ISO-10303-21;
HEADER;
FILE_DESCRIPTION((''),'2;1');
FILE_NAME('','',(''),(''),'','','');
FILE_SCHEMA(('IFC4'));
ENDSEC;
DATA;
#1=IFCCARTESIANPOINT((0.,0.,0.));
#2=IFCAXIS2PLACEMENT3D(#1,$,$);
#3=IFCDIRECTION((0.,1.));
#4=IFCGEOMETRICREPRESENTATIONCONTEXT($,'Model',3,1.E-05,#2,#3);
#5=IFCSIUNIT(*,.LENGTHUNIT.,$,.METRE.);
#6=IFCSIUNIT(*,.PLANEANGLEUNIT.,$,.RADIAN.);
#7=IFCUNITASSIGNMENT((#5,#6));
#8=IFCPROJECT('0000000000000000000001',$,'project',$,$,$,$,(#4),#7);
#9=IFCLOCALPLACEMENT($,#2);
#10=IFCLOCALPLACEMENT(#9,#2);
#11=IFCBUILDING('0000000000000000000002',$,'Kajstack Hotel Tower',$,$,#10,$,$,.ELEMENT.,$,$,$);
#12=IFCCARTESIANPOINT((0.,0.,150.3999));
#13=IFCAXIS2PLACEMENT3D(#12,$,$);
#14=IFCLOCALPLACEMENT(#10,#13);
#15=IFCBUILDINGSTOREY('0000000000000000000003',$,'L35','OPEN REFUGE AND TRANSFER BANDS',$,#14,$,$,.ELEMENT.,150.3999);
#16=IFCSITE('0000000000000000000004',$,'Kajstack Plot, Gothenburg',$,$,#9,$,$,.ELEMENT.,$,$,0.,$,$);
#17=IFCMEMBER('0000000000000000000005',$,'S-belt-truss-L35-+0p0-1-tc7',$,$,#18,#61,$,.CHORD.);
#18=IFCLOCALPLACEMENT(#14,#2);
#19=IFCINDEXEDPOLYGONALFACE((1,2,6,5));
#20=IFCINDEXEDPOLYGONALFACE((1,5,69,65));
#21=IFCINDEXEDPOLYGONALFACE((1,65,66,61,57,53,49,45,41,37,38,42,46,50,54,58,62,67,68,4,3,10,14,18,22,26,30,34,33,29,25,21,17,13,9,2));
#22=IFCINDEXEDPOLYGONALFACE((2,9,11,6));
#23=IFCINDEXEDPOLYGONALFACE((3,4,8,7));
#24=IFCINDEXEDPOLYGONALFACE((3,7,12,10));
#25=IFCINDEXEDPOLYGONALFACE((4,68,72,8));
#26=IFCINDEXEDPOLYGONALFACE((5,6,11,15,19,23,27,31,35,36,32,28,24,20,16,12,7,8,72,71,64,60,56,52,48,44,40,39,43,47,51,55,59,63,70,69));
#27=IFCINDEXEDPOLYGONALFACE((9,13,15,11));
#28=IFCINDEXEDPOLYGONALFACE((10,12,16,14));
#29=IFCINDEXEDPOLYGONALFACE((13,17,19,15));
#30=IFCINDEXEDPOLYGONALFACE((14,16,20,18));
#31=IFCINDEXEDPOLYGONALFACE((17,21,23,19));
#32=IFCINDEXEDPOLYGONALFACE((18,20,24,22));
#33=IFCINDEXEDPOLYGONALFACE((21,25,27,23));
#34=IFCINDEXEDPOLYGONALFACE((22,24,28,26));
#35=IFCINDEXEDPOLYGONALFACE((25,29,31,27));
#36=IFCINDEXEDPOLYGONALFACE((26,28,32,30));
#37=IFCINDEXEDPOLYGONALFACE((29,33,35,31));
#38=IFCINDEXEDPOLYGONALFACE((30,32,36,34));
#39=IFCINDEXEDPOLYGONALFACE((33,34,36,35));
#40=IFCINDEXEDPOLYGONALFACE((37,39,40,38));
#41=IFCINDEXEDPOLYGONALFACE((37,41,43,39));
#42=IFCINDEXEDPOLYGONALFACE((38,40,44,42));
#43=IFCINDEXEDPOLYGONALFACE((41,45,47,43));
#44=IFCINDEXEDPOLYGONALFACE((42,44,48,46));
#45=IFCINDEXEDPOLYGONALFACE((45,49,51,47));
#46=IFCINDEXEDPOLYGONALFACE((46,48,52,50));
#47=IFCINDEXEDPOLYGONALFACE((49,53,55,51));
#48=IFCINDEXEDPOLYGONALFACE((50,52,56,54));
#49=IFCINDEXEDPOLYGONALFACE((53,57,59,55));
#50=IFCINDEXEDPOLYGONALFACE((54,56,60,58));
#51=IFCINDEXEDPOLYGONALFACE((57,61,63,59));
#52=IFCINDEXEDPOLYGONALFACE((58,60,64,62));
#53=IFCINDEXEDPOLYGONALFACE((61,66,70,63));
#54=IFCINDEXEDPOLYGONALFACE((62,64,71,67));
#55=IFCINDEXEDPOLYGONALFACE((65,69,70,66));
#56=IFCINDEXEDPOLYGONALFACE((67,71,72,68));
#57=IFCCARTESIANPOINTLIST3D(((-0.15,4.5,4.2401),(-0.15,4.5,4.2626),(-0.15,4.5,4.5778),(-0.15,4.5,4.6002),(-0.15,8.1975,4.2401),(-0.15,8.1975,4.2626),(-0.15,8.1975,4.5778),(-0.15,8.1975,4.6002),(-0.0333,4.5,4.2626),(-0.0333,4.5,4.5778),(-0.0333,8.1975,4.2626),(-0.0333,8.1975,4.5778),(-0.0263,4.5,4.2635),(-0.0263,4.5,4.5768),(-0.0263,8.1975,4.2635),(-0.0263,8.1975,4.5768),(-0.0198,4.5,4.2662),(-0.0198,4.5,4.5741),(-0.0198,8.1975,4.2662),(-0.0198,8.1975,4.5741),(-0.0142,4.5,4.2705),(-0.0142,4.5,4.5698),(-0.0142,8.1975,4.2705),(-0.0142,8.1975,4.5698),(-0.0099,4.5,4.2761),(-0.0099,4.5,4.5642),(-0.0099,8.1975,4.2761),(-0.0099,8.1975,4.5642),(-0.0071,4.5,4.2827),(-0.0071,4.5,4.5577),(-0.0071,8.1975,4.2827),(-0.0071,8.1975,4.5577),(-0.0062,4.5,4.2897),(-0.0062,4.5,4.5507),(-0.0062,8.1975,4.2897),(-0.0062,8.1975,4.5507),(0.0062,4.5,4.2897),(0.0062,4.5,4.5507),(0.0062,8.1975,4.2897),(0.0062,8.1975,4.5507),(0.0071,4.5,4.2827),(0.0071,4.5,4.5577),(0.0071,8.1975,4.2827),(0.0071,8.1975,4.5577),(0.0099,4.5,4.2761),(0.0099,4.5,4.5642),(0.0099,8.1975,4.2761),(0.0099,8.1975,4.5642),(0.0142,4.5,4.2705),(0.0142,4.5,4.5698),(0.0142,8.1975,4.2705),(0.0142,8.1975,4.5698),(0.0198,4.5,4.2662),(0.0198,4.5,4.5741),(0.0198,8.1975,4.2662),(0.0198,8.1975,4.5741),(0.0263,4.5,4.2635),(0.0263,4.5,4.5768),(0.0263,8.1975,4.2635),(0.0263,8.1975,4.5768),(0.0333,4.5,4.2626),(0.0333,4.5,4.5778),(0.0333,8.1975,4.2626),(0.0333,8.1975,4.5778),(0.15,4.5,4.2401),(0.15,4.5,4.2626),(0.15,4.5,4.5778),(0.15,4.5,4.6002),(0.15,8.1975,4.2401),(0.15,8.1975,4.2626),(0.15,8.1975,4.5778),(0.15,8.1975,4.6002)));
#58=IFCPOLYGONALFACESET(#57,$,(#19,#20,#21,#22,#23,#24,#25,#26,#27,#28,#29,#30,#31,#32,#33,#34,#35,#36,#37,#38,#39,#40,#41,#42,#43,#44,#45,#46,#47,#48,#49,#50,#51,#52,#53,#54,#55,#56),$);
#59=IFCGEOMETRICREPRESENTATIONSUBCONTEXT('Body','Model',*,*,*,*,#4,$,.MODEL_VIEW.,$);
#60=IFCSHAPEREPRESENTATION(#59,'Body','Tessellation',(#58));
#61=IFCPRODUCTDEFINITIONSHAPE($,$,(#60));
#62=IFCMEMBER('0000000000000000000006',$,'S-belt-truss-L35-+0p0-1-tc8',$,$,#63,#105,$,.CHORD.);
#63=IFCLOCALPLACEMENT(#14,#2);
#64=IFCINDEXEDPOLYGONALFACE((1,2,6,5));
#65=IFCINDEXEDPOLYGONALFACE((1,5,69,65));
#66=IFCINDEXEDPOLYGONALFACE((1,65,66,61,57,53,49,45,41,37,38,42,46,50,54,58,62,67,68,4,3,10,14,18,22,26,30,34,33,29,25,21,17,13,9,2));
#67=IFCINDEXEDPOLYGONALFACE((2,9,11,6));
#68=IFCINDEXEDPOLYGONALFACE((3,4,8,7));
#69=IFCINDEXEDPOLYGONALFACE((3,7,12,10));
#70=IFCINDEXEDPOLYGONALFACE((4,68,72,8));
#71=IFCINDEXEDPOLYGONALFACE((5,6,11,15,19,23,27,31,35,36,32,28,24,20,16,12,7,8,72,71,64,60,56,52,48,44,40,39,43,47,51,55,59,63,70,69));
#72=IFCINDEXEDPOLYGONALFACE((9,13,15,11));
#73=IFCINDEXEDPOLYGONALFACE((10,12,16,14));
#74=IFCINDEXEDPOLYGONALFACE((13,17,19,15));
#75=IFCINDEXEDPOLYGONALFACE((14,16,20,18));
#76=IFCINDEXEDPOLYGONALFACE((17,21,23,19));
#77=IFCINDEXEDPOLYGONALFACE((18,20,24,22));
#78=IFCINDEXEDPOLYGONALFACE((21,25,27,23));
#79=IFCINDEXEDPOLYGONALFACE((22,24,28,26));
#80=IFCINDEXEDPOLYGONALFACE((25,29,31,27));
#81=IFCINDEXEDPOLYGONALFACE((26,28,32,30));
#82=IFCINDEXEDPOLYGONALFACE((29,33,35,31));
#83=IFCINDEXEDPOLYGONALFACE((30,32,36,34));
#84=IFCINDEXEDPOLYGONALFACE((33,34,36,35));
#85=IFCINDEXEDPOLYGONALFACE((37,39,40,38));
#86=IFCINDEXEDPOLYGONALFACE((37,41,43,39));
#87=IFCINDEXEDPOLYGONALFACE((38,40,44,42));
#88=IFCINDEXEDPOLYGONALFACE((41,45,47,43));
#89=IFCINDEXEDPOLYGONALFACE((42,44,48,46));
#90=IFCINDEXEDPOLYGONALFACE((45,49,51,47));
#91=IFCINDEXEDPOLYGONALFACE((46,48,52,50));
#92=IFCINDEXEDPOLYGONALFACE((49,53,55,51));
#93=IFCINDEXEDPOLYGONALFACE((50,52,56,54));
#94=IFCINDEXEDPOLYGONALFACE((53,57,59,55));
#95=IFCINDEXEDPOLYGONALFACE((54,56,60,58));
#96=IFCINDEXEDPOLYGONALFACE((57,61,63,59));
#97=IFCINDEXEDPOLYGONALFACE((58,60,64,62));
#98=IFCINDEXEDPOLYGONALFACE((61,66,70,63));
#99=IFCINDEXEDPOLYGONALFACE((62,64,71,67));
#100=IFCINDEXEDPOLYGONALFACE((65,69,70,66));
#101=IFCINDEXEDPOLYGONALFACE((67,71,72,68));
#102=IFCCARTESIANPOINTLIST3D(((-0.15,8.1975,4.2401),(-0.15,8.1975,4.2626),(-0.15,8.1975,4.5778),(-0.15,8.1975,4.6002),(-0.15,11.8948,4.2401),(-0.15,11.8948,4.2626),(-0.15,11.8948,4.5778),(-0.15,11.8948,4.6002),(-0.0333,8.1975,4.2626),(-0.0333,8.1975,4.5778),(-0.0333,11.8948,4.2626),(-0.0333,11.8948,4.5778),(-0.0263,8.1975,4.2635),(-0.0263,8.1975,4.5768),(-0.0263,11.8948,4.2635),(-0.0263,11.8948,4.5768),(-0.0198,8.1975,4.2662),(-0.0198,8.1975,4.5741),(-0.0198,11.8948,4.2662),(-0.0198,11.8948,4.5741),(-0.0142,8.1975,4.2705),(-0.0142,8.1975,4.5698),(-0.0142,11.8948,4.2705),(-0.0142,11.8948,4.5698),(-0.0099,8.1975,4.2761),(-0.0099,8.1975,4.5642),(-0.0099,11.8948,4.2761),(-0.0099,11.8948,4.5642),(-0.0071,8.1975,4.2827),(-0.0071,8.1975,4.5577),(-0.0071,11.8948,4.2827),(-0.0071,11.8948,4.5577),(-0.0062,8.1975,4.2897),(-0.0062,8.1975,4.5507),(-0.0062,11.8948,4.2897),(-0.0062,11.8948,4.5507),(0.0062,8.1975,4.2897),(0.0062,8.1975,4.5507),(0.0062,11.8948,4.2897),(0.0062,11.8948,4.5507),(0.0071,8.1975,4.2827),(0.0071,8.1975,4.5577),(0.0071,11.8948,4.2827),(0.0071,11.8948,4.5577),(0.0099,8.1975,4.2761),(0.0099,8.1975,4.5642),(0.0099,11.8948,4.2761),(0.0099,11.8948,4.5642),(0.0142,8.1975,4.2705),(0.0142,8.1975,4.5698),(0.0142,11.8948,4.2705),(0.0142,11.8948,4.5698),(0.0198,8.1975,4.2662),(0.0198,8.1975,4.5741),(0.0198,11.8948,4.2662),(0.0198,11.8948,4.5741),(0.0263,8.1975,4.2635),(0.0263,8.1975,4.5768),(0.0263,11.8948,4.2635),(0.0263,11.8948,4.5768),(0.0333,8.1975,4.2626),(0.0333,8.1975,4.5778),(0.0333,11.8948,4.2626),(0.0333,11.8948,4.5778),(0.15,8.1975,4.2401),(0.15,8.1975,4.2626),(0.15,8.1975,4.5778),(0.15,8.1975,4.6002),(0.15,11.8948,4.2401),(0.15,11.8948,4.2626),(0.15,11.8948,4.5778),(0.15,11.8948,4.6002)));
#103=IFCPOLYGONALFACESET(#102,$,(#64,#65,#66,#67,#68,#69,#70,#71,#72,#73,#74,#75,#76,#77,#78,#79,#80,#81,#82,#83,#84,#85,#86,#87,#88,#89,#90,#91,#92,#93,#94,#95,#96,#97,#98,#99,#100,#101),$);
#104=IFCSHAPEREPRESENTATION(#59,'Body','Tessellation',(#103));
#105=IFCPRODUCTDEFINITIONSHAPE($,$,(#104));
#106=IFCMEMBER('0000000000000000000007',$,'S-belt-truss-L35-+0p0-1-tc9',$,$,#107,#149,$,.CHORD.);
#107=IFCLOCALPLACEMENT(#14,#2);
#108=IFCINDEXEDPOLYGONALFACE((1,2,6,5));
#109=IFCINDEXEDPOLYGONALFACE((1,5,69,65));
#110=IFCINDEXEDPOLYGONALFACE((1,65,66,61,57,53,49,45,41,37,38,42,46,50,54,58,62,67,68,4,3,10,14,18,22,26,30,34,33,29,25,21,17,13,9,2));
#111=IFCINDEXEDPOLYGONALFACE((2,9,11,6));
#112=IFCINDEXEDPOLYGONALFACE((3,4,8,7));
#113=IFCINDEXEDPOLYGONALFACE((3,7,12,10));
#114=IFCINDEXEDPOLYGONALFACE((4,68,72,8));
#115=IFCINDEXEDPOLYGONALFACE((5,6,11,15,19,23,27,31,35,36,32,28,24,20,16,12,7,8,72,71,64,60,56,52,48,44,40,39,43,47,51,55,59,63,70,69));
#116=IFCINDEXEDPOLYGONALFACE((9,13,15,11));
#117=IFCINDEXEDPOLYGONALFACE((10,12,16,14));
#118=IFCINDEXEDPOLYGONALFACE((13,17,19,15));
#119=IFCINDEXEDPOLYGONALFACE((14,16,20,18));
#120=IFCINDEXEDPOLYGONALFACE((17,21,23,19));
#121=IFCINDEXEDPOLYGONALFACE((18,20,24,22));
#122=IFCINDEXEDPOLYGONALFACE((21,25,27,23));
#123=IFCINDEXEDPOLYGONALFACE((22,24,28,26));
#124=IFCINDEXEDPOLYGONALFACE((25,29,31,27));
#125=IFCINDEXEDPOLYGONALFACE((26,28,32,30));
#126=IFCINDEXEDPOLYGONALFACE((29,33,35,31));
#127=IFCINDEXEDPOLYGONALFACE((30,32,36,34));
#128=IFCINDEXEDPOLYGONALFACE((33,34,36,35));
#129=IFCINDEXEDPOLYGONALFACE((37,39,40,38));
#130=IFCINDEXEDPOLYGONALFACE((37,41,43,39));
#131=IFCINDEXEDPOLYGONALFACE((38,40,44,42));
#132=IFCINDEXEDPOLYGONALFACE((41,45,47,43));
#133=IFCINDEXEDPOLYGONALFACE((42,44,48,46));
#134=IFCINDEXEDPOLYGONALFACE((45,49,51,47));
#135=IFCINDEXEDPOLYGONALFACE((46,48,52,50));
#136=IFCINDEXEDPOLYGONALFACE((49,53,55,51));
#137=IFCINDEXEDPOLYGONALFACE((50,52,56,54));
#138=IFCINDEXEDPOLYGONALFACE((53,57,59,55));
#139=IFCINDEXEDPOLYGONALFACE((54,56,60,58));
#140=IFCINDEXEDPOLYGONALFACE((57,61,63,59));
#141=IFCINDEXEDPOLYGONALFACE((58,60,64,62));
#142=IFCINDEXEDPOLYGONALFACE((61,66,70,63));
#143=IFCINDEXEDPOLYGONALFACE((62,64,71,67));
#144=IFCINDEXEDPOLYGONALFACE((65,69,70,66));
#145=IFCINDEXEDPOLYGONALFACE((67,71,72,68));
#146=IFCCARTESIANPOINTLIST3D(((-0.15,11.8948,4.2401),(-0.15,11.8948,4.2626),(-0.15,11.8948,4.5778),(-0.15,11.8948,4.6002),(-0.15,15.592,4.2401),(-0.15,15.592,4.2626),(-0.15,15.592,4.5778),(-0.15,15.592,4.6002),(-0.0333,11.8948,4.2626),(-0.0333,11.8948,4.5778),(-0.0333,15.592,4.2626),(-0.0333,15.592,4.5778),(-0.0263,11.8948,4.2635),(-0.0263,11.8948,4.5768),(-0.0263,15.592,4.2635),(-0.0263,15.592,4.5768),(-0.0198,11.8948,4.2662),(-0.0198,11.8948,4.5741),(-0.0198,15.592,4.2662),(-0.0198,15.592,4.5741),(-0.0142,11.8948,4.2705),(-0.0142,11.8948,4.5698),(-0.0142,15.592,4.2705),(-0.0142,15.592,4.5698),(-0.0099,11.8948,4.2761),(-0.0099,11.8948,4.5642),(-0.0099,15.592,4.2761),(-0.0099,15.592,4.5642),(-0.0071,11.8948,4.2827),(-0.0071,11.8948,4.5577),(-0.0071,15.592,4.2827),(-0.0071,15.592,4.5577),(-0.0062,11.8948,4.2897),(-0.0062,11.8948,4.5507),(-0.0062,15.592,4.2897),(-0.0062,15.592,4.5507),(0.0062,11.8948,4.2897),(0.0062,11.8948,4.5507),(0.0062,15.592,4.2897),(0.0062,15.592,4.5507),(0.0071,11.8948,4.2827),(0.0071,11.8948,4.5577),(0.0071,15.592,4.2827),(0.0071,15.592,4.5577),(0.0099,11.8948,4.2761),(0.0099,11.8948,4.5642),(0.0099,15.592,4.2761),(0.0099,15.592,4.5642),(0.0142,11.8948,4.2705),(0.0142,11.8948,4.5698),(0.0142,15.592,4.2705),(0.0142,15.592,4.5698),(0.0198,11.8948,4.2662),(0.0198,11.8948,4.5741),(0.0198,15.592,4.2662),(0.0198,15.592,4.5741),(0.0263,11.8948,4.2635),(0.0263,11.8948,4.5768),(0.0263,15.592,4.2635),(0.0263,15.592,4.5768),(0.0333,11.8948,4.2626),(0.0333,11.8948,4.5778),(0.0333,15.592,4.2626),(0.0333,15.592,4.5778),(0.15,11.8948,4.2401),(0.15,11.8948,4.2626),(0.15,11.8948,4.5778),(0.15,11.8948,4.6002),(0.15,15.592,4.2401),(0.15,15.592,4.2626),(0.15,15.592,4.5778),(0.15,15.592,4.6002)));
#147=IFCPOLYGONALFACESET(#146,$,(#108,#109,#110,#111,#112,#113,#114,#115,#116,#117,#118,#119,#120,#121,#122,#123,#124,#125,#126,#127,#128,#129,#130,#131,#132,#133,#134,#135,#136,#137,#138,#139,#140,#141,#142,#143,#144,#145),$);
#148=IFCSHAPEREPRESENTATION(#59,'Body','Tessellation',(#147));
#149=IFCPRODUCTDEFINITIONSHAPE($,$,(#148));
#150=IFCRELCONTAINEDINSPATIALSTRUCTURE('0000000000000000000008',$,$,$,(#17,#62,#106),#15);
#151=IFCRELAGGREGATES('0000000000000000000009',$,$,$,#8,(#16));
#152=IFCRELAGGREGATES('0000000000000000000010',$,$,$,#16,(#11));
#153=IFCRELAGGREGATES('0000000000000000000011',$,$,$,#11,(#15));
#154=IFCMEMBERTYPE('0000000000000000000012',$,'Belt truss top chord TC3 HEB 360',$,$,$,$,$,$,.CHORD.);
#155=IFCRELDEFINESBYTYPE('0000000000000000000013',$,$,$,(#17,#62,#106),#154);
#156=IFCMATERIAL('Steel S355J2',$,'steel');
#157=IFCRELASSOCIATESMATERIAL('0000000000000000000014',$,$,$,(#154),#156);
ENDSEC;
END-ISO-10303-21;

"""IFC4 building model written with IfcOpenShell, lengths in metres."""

from ifc_helpers import new_model, si_unit, direction, frame, origin, origin_2d, place, context, subcontext, project, spatial, i_section, extrude, material, material_profile, profile_set, type_object, element, save


model = new_model("IFC4")

# Units and contexts
model_context = context("Model", 3, precision=1e-05, world=origin(), true_north=direction((0.0, 1.0)))
body_context = subcontext(model_context, "Body", "Model", "MODEL_VIEW")
ifc_project = project(units=[si_unit("LENGTHUNIT", "METRE"), si_unit("PLANEANGLEUNIT", "RADIAN")], contexts=[model_context])

# Site, building, storey
site_placement = place(None, origin())
site = spatial("IfcSite", under=ifc_project, at=site_placement, Name="Kajstack Plot, Gothenburg", CompositionType="ELEMENT", RefElevation=0.0)
building_placement = place(site_placement, origin())
building = spatial("IfcBuilding", under=site, at=building_placement, Name="Kajstack Hotel Tower", CompositionType="ELEMENT")
storey_placement = place(building_placement, frame((0.0, 0.0, 150.3999)))
storey = spatial("IfcBuildingStorey", under=building, at=storey_placement, Name="L35", Description="OPEN REFUGE AND TRANSFER BANDS", CompositionType="ELEMENT", Elevation=150.3999)

# Members
ifc_material = material(Name="Steel S355J2", Category="steel")
ifc_material_profile_1 = material_profile(ifc_material, i_section(OverallWidth=0.3, OverallDepth=0.3601, WebThickness=0.0125, FlangeThickness=0.0225, FilletRadius=0.0271, at=origin_2d()), Name="HEB 360")
ifc_profile_set_1 = profile_set([ifc_material_profile_1], Name="Steel S355J2")
member_type_1 = type_object("IfcMemberType", Name="Belt truss top chord TC3 HEB 360", PredefinedType="CHORD", material=ifc_profile_set_1)
member_1_placement = place(storey_placement, frame((0.0, 4.5, 4.4202), z_axis=(0.0, 1.0, 0.0), x_axis=(-1.0, 0.0, 0.0)))
element("IfcMember", 1, at=member_1_placement, inside=storey, type_object=member_type_1, Name="S-belt-truss-L35-+0p0-1-tc7", PredefinedType="CHORD", context=body_context, shape_type="SweptSolid", body=[
    extrude(i_section(OverallWidth=0.3, OverallDepth=0.3601, WebThickness=0.0125, FlangeThickness=0.0225, FilletRadius=0.0271, at=origin_2d()), origin(), (0.0, 0.0, 1.0), 3.6975),
])
for number, where, z_axis, x_axis, name in (
    (2, (0.0, 8.1975, 4.4202), (0.0, 1.0, 0.0), (-1.0, 0.0, 0.0), "S-belt-truss-L35-+0p0-1-tc8"),
    (3, (0.0, 11.8948, 4.4202), (0.0, 1.0, 0.0), (-1.0, 0.0, 0.0), "S-belt-truss-L35-+0p0-1-tc9"),
):
    element("IfcMember", number, at=place(storey_placement, frame(where, z_axis=z_axis, x_axis=x_axis)), inside=storey, type_object=member_type_1, Name=name, PredefinedType="CHORD", context=body_context, shape_type="SweptSolid", body=[
        extrude(i_section(OverallWidth=0.3, OverallDepth=0.3601, WebThickness=0.0125, FlangeThickness=0.0225, FilletRadius=0.0271, at=origin_2d()), origin(), (0.0, 0.0, 1.0), 3.6973),
    ])

save(model, "model.ifc")
